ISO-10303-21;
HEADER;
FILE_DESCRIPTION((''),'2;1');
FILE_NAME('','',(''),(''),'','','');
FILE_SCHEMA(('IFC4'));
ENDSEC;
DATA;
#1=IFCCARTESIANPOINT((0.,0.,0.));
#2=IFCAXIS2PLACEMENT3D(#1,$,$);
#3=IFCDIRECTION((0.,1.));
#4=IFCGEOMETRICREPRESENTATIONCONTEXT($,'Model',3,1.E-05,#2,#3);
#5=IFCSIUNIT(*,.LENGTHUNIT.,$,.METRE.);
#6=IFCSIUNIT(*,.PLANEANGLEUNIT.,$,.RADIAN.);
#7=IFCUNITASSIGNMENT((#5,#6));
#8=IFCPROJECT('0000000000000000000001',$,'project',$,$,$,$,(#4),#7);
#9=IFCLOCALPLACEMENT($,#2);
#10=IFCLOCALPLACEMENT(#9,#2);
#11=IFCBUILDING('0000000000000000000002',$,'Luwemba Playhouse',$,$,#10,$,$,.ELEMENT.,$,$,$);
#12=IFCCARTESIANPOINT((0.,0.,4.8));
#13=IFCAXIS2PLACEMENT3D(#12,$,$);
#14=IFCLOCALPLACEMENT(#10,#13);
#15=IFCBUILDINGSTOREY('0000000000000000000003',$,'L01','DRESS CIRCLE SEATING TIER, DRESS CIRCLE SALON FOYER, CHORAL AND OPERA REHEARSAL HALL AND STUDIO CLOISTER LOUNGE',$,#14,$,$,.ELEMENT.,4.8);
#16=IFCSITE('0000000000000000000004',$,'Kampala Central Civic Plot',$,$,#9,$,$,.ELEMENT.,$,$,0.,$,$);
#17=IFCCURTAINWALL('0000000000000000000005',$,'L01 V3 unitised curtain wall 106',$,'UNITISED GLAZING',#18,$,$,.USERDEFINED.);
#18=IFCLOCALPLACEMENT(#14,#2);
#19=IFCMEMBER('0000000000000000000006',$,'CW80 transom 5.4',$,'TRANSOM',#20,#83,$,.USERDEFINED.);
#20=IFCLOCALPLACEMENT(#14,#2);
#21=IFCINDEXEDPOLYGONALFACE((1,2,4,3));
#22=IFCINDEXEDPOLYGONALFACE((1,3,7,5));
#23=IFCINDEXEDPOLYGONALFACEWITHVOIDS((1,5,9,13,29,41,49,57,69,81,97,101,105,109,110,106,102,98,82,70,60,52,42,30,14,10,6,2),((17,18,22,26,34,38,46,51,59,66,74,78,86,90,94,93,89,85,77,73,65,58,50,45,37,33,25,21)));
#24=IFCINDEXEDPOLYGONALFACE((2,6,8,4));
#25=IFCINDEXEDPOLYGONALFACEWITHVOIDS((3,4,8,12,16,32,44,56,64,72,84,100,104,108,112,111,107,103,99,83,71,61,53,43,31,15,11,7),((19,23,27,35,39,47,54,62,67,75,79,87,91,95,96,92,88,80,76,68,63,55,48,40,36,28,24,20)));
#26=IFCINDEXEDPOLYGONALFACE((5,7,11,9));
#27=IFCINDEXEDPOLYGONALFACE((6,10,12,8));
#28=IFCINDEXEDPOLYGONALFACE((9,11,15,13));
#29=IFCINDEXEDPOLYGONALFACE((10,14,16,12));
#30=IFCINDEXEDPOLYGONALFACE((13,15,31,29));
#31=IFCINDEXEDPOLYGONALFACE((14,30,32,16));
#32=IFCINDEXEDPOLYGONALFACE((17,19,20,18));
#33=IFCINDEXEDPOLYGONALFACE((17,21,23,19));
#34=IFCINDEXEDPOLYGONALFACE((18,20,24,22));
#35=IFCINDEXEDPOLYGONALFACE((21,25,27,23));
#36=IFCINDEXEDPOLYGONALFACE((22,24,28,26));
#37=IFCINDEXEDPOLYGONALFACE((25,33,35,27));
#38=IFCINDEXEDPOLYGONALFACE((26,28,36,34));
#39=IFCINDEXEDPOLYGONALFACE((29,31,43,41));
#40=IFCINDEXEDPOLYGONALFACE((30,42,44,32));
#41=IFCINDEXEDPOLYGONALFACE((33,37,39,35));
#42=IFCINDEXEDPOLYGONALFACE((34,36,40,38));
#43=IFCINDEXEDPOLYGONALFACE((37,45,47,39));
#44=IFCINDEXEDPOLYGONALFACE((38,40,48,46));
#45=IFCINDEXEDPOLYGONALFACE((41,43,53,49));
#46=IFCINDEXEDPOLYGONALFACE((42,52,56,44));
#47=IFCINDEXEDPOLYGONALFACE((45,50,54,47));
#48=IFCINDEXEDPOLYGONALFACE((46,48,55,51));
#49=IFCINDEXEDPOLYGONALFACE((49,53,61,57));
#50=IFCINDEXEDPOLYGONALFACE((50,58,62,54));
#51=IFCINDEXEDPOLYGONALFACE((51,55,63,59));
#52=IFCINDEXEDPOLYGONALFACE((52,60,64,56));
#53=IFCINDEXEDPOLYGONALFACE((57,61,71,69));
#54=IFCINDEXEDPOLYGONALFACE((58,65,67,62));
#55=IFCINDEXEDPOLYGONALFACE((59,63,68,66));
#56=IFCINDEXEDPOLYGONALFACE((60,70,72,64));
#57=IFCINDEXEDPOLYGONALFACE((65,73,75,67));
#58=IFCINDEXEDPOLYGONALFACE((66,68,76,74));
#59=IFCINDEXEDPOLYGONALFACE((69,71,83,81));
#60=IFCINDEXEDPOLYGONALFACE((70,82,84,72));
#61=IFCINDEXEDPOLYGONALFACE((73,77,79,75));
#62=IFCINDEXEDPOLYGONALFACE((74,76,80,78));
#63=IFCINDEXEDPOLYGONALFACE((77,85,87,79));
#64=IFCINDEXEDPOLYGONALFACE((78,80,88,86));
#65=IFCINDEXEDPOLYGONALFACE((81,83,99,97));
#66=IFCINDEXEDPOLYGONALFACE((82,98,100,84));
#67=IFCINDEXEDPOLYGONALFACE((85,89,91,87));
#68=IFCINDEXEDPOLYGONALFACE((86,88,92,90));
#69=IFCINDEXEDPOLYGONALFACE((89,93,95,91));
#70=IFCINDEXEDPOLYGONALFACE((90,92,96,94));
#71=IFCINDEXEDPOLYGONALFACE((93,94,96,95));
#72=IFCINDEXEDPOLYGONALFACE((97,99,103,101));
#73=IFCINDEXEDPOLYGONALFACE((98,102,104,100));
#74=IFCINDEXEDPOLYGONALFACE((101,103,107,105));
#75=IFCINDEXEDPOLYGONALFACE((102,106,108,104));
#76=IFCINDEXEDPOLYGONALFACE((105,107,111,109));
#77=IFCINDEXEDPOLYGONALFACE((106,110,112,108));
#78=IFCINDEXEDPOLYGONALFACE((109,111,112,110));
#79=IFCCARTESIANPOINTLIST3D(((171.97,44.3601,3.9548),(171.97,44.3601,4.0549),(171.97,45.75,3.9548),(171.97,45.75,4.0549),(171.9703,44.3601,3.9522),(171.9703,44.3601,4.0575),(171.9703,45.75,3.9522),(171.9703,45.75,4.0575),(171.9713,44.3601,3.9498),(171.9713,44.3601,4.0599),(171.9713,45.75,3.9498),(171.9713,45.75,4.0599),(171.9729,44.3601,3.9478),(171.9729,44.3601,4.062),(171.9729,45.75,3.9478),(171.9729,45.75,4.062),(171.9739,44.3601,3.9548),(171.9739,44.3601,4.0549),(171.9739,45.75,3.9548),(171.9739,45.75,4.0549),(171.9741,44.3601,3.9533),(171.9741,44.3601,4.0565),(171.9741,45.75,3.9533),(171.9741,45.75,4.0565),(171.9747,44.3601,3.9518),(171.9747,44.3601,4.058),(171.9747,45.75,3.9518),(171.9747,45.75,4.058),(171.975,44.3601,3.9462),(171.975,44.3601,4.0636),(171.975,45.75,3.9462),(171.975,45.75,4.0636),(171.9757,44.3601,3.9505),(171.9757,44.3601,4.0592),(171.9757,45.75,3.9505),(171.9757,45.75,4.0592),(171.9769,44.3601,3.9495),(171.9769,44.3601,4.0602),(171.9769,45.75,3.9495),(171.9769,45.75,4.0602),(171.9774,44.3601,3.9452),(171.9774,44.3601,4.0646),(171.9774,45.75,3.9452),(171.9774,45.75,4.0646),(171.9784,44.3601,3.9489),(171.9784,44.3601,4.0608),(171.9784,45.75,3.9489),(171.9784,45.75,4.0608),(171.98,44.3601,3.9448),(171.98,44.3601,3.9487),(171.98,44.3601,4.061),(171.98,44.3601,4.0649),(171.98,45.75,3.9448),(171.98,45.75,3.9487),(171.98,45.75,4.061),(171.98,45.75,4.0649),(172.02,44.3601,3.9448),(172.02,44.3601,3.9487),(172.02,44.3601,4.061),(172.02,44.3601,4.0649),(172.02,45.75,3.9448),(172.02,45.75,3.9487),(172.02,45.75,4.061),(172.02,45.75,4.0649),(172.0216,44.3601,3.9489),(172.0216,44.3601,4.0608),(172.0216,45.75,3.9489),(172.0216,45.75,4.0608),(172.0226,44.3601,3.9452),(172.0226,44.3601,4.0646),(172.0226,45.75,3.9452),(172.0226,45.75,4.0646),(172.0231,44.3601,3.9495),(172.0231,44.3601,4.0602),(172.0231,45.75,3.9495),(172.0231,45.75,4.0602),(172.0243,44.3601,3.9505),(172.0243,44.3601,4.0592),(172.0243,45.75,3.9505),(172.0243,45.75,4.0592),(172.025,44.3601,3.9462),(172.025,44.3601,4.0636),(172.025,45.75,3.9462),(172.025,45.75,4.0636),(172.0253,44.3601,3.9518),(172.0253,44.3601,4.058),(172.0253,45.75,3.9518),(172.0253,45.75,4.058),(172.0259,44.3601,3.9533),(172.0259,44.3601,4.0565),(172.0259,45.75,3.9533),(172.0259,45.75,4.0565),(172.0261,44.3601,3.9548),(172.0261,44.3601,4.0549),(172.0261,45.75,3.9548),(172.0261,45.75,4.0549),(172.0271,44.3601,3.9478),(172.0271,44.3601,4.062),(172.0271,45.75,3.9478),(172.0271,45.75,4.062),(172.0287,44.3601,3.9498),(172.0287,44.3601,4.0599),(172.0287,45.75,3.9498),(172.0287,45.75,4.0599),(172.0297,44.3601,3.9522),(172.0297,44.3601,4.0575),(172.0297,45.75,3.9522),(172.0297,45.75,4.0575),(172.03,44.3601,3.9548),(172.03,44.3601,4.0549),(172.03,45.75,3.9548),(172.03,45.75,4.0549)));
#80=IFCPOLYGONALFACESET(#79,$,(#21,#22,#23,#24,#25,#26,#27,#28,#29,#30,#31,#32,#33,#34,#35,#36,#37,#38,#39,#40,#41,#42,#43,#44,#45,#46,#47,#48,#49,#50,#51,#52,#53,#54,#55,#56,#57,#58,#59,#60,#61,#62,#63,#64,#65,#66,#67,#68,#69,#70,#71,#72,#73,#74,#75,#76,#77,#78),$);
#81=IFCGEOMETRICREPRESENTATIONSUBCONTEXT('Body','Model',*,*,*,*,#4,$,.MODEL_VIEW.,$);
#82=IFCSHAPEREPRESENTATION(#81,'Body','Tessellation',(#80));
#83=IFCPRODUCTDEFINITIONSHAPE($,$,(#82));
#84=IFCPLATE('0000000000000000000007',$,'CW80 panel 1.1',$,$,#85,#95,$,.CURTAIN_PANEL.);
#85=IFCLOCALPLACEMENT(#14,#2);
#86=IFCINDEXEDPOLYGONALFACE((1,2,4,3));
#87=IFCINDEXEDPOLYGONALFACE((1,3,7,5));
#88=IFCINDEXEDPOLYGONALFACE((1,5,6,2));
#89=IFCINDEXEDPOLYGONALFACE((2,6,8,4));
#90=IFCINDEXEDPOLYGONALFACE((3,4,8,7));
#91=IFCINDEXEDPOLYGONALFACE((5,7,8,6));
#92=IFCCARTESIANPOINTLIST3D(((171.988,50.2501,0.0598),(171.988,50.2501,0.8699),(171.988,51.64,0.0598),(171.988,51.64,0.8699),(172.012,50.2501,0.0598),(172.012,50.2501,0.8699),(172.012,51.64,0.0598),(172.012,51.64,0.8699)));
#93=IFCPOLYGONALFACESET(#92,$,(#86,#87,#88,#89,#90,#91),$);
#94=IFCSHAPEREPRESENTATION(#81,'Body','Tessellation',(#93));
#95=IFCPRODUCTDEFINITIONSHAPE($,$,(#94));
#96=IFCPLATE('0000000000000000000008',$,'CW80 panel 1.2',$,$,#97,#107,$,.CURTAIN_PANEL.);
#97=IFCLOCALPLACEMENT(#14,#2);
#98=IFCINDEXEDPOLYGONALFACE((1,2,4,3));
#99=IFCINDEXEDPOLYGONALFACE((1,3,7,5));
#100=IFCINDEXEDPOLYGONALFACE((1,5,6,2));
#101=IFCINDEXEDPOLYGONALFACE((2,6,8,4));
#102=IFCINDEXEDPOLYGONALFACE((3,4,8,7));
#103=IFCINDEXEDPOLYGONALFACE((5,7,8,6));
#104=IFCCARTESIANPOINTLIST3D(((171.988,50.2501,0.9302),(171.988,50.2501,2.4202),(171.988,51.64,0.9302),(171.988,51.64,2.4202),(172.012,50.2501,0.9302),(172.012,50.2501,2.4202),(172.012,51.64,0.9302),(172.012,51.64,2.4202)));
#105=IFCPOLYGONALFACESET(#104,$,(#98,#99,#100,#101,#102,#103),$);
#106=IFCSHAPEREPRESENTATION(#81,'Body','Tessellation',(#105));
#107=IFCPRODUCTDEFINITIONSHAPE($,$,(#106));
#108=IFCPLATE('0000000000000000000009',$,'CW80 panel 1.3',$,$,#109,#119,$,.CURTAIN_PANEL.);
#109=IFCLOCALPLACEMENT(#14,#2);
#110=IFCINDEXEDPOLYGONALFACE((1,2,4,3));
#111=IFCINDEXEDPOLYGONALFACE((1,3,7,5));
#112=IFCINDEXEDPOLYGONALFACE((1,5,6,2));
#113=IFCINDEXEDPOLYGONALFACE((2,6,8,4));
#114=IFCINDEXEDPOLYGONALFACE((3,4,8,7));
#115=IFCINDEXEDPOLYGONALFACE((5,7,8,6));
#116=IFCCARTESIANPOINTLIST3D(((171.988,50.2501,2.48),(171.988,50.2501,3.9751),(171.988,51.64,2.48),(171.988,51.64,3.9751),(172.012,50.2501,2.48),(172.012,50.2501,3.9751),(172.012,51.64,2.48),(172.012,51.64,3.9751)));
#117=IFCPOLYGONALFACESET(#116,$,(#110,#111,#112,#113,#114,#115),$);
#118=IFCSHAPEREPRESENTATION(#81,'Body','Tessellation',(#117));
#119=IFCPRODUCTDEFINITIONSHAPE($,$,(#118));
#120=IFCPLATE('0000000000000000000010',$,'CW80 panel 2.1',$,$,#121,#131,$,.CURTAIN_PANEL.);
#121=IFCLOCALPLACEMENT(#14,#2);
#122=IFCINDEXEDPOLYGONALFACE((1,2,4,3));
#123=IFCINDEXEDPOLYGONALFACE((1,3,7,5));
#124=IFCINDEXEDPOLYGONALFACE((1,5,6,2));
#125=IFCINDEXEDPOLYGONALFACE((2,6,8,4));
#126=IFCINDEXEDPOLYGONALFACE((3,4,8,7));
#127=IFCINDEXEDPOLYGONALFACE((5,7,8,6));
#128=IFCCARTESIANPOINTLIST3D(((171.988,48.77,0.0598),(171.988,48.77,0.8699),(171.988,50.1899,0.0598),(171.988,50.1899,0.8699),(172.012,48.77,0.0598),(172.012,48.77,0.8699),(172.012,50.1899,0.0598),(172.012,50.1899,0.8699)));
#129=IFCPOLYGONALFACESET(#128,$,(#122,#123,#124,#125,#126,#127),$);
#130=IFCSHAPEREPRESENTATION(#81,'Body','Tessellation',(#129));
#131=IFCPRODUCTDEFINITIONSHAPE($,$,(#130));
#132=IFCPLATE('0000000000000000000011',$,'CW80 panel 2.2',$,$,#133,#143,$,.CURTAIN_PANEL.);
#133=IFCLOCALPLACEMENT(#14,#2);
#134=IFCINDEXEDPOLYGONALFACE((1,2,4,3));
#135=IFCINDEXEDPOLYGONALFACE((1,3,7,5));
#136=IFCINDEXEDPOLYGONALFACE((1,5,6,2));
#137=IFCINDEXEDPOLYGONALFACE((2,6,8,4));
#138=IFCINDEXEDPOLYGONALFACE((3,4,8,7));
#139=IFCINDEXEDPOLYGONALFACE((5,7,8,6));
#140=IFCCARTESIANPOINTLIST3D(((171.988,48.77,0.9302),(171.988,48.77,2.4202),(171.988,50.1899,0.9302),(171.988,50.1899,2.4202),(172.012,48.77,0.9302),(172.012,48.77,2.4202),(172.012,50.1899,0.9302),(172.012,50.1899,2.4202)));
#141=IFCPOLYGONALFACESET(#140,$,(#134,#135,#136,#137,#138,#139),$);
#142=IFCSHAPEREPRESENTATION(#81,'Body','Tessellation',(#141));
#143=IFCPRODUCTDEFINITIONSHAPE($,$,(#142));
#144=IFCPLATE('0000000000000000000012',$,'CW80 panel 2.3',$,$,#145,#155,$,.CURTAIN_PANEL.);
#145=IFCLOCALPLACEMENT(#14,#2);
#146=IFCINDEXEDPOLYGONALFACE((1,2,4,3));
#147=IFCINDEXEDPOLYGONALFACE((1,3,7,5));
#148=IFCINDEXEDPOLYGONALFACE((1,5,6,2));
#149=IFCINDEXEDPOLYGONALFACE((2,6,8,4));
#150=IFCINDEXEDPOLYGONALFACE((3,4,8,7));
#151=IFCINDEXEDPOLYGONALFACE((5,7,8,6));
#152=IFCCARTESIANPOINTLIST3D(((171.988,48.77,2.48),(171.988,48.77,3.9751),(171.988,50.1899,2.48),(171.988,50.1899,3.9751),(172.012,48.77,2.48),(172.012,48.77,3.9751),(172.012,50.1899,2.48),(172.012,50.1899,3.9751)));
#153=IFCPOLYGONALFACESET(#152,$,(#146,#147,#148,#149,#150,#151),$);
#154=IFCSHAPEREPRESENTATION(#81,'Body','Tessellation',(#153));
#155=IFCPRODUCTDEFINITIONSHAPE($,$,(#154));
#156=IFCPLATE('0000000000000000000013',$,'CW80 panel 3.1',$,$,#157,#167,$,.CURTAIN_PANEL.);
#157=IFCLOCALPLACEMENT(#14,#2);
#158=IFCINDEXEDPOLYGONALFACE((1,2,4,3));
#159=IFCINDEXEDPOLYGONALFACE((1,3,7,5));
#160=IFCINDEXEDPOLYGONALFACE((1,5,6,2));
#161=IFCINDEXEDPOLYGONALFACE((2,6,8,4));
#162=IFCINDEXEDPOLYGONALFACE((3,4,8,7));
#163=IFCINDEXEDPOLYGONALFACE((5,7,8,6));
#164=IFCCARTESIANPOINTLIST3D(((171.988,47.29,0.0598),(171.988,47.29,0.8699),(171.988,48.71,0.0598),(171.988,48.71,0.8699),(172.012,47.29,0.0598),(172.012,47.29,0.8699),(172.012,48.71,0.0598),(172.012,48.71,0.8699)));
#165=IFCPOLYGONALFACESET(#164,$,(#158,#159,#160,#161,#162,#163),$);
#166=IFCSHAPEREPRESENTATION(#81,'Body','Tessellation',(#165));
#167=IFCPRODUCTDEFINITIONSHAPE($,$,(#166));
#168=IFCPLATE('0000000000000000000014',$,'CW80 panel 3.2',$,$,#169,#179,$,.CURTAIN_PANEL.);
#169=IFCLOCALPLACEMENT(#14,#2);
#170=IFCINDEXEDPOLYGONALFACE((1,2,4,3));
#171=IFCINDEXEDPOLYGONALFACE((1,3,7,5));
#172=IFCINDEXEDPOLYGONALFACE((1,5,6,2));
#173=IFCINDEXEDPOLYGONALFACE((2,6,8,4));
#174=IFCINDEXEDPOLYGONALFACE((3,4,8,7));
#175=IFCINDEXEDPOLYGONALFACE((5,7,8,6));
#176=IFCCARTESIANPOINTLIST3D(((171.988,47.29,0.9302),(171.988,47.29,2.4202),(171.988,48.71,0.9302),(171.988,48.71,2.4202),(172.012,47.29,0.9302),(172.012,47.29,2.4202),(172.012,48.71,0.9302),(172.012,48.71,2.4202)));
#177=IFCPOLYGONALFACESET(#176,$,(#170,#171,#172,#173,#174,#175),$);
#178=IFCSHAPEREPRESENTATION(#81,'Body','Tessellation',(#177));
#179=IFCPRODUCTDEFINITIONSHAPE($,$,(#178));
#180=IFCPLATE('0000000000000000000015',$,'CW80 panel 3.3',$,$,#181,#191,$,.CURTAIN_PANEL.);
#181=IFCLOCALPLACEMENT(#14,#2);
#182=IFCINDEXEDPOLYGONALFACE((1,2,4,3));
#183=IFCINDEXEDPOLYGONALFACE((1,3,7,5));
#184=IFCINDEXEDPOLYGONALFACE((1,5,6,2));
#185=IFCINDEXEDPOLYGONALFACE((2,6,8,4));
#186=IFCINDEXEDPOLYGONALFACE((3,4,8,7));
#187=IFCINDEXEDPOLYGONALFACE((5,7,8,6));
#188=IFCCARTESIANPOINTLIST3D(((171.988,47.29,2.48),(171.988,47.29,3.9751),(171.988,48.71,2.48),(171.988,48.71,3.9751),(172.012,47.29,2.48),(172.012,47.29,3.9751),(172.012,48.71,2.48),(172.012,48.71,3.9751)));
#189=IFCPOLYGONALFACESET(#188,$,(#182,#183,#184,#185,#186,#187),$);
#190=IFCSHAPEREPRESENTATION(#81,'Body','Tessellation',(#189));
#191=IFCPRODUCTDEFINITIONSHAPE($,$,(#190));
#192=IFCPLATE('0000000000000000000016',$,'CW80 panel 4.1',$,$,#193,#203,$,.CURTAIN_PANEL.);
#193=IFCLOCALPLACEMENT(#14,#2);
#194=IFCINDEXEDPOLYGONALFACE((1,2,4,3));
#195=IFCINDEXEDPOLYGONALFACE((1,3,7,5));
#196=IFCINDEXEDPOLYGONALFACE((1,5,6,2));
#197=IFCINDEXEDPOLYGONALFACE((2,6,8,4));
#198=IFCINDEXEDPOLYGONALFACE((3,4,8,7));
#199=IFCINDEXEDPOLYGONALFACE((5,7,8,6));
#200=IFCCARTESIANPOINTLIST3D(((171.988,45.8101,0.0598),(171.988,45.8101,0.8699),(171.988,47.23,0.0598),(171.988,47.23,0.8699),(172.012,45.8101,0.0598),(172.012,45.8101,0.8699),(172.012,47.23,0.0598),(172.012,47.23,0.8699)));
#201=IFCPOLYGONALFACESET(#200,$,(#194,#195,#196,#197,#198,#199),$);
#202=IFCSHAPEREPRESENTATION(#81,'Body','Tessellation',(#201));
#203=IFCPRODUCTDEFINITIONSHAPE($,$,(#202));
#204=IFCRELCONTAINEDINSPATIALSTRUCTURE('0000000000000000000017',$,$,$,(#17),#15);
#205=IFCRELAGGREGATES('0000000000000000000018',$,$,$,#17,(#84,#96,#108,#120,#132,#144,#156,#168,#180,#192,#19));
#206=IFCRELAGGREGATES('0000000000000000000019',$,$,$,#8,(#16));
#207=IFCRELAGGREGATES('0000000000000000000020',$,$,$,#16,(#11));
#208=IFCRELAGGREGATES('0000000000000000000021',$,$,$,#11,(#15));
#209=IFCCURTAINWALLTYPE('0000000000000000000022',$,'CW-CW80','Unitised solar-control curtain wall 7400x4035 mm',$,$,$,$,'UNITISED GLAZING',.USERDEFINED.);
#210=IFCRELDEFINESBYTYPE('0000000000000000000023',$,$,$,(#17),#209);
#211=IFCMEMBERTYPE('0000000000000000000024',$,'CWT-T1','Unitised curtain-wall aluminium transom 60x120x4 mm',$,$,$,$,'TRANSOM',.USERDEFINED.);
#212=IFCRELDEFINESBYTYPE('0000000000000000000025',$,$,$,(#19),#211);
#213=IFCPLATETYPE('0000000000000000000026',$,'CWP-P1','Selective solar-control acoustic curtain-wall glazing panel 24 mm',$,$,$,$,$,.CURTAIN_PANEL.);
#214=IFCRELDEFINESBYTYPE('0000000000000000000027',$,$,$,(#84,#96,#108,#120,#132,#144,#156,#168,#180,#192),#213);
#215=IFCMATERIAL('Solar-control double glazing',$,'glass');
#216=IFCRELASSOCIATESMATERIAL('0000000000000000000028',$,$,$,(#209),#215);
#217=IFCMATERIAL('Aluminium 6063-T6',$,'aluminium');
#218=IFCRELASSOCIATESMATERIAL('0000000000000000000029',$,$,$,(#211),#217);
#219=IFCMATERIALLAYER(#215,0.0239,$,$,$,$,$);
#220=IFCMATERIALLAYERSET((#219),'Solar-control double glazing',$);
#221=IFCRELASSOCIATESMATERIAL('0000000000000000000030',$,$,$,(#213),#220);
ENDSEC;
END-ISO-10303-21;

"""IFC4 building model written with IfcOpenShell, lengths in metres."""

from ifc_helpers import new_model, si_unit, direction, frame, origin, origin_2d, place, context, subcontext, project, spatial, rectangle, hollow_rectangle, extrude, material, layer, layer_set, material_profile, profile_set, type_object, element, aggregate, save


model = new_model("IFC4")

# Units and contexts
model_context = context("Model", 3, precision=1e-05, world=origin(), true_north=direction((0.0, 1.0)))
body_context = subcontext(model_context, "Body", "Model", "MODEL_VIEW")
ifc_project = project(units=[si_unit("LENGTHUNIT", "METRE"), si_unit("PLANEANGLEUNIT", "RADIAN")], contexts=[model_context])

# Site, building, storey
site_placement = place(None, origin())
site = spatial("IfcSite", under=ifc_project, at=site_placement, Name="Kampala Central Civic Plot", CompositionType="ELEMENT", RefElevation=0.0)
building_placement = place(site_placement, origin())
building = spatial("IfcBuilding", under=site, at=building_placement, Name="Luwemba Playhouse", CompositionType="ELEMENT")
storey_placement = place(building_placement, frame((0.0, 0.0, 4.8)))
storey = spatial("IfcBuildingStorey", under=building, at=storey_placement, Name="L01", Description="DRESS CIRCLE SEATING TIER, DRESS CIRCLE SALON FOYER, CHORAL AND OPERA REHEARSAL HALL AND STUDIO CLOISTER LOUNGE", CompositionType="ELEMENT", Elevation=4.8)

# Curtain wall, member, plates
ifc_material_1 = material(Name="Solar-control double glazing", Category="glass")
curtain_wall_type = type_object("IfcCurtainWallType", Name="CW-CW80", Description="Unitised solar-control curtain wall 7400x4035 mm", ElementType="UNITISED GLAZING", PredefinedType="USERDEFINED", material=ifc_material_1)
curtain_wall_placement = place(storey_placement, origin())
curtain_wall = element("IfcCurtainWall", 1, at=curtain_wall_placement, inside=storey, type_object=curtain_wall_type, Name="L01 V3 unitised curtain wall 106", ObjectType="UNITISED GLAZING", PredefinedType="USERDEFINED")
ifc_material_2 = material(Name="Aluminium 6063-T6", Category="aluminium")
ifc_material_profile_1 = material_profile(ifc_material_2, hollow_rectangle(XDim=0.0601, YDim=0.1201, WallThickness=0.0039, InnerFilletRadius=0.0061, OuterFilletRadius=0.01, at=origin_2d()))
ifc_profile_set_1 = profile_set([ifc_material_profile_1], Name="Aluminium 6063-T6")
member_type_1 = type_object("IfcMemberType", Name="CWT-T1", Description="Unitised curtain-wall aluminium transom 60x120x4 mm", ElementType="TRANSOM", PredefinedType="USERDEFINED", material=ifc_profile_set_1)
member_1_placement = place(storey_placement, frame((172.0, 45.75, 4.0049), z_axis=(0.0, -1.0, 0.0), x_axis=(1.0, 0.0, 0.0)))
member_1 = element("IfcMember", 2, at=member_1_placement, type_object=member_type_1, Name="CW80 transom 5.4", ObjectType="TRANSOM", PredefinedType="USERDEFINED", context=body_context, shape_type="SweptSolid", body=[
    extrude(hollow_rectangle(XDim=0.0601, YDim=0.1201, WallThickness=0.0039, InnerFilletRadius=0.0061, OuterFilletRadius=0.01, at=origin_2d()), origin(), (0.0, 0.0, 1.0), 1.3899),
])
ifc_layer = layer(ifc_material_1, 0.0239)
ifc_layer_set = layer_set([ifc_layer], Name="Solar-control double glazing")
plate_type = type_object("IfcPlateType", Name="CWP-P1", Description="Selective solar-control acoustic curtain-wall glazing panel 24 mm", PredefinedType="CURTAIN_PANEL", material=ifc_layer_set)
plate_1_placement = place(storey_placement, frame((172.0, 50.9451, 0.0598), z_axis=(0.0, 0.0, 1.0), x_axis=(0.0, -1.0, 0.0)))
plate_1 = element("IfcPlate", 3, at=plate_1_placement, type_object=plate_type, Name="CW80 panel 1.1", PredefinedType="CURTAIN_PANEL", context=body_context, shape_type="SweptSolid", body=[
    extrude(rectangle(XDim=1.3899, YDim=0.0239, at=origin_2d()), origin(), (0.0, 0.0, 1.0), 0.8101),
])
plate_2_placement = place(storey_placement, frame((172.0, 50.9451, 0.9302), z_axis=(0.0, 0.0, 1.0), x_axis=(0.0, -1.0, 0.0)))
plate_2 = element("IfcPlate", 4, at=plate_2_placement, type_object=plate_type, Name="CW80 panel 1.2", PredefinedType="CURTAIN_PANEL", context=body_context, shape_type="SweptSolid", body=[
    extrude(rectangle(XDim=1.3899, YDim=0.0239, at=origin_2d()), origin(), (0.0, 0.0, 1.0), 1.49),
])
plate_3_placement = place(storey_placement, frame((172.0, 50.9451, 2.48), z_axis=(0.0, 0.0, 1.0), x_axis=(0.0, -1.0, 0.0)))
plate_3 = element("IfcPlate", 5, at=plate_3_placement, type_object=plate_type, Name="CW80 panel 1.3", PredefinedType="CURTAIN_PANEL", context=body_context, shape_type="SweptSolid", body=[
    extrude(rectangle(XDim=1.3899, YDim=0.0239, at=origin_2d()), origin(), (0.0, 0.0, 1.0), 1.4951),
])
plate_4_placement = place(storey_placement, frame((172.0, 49.48, 0.0598), z_axis=(0.0, 0.0, 1.0), x_axis=(0.0, -1.0, 0.0)))
plate_4 = element("IfcPlate", 6, at=plate_4_placement, type_object=plate_type, Name="CW80 panel 2.1", PredefinedType="CURTAIN_PANEL", context=body_context, shape_type="SweptSolid", body=[
    extrude(rectangle(XDim=1.4199, YDim=0.0239, at=origin_2d()), origin(), (0.0, 0.0, 1.0), 0.8101),
])
plate_5_placement = place(storey_placement, frame((172.0, 49.48, 0.9302), z_axis=(0.0, 0.0, 1.0), x_axis=(0.0, -1.0, 0.0)))
plate_5 = element("IfcPlate", 7, at=plate_5_placement, type_object=plate_type, Name="CW80 panel 2.2", PredefinedType="CURTAIN_PANEL", context=body_context, shape_type="SweptSolid", body=[
    extrude(rectangle(XDim=1.4199, YDim=0.0239, at=origin_2d()), origin(), (0.0, 0.0, 1.0), 1.49),
])
plate_6_placement = place(storey_placement, frame((172.0, 49.48, 2.48), z_axis=(0.0, 0.0, 1.0), x_axis=(0.0, -1.0, 0.0)))
plate_6 = element("IfcPlate", 8, at=plate_6_placement, type_object=plate_type, Name="CW80 panel 2.3", PredefinedType="CURTAIN_PANEL", context=body_context, shape_type="SweptSolid", body=[
    extrude(rectangle(XDim=1.4199, YDim=0.0239, at=origin_2d()), origin(), (0.0, 0.0, 1.0), 1.4951),
])
plate_7_placement = place(storey_placement, frame((172.0, 48.0, 0.0598), z_axis=(0.0, 0.0, 1.0), x_axis=(0.0, -1.0, 0.0)))
plate_7 = element("IfcPlate", 9, at=plate_7_placement, type_object=plate_type, Name="CW80 panel 3.1", PredefinedType="CURTAIN_PANEL", context=body_context, shape_type="SweptSolid", body=[
    extrude(rectangle(XDim=1.4199, YDim=0.0239, at=origin_2d()), origin(), (0.0, 0.0, 1.0), 0.8101),
])
plate_8_placement = place(storey_placement, frame((172.0, 48.0, 0.9302), z_axis=(0.0, 0.0, 1.0), x_axis=(0.0, -1.0, 0.0)))
plate_8 = element("IfcPlate", 10, at=plate_8_placement, type_object=plate_type, Name="CW80 panel 3.2", PredefinedType="CURTAIN_PANEL", context=body_context, shape_type="SweptSolid", body=[
    extrude(rectangle(XDim=1.4199, YDim=0.0239, at=origin_2d()), origin(), (0.0, 0.0, 1.0), 1.49),
])
plate_9_placement = place(storey_placement, frame((172.0, 48.0, 2.48), z_axis=(0.0, 0.0, 1.0), x_axis=(0.0, -1.0, 0.0)))
plate_9 = element("IfcPlate", 11, at=plate_9_placement, type_object=plate_type, Name="CW80 panel 3.3", PredefinedType="CURTAIN_PANEL", context=body_context, shape_type="SweptSolid", body=[
    extrude(rectangle(XDim=1.4199, YDim=0.0239, at=origin_2d()), origin(), (0.0, 0.0, 1.0), 1.4951),
])
plate_10_placement = place(storey_placement, frame((172.0, 46.52, 0.0598), z_axis=(0.0, 0.0, 1.0), x_axis=(0.0, -1.0, 0.0)))
plate_10 = element("IfcPlate", 12, at=plate_10_placement, type_object=plate_type, Name="CW80 panel 4.1", PredefinedType="CURTAIN_PANEL", context=body_context, shape_type="SweptSolid", body=[
    extrude(rectangle(XDim=1.4199, YDim=0.0239, at=origin_2d()), origin(), (0.0, 0.0, 1.0), 0.8101),
])
aggregate(curtain_wall, [plate_1, plate_2, plate_3, plate_4, plate_5, plate_6, plate_7, plate_8, plate_9, plate_10, member_1])

save(model, "model.ifc")
